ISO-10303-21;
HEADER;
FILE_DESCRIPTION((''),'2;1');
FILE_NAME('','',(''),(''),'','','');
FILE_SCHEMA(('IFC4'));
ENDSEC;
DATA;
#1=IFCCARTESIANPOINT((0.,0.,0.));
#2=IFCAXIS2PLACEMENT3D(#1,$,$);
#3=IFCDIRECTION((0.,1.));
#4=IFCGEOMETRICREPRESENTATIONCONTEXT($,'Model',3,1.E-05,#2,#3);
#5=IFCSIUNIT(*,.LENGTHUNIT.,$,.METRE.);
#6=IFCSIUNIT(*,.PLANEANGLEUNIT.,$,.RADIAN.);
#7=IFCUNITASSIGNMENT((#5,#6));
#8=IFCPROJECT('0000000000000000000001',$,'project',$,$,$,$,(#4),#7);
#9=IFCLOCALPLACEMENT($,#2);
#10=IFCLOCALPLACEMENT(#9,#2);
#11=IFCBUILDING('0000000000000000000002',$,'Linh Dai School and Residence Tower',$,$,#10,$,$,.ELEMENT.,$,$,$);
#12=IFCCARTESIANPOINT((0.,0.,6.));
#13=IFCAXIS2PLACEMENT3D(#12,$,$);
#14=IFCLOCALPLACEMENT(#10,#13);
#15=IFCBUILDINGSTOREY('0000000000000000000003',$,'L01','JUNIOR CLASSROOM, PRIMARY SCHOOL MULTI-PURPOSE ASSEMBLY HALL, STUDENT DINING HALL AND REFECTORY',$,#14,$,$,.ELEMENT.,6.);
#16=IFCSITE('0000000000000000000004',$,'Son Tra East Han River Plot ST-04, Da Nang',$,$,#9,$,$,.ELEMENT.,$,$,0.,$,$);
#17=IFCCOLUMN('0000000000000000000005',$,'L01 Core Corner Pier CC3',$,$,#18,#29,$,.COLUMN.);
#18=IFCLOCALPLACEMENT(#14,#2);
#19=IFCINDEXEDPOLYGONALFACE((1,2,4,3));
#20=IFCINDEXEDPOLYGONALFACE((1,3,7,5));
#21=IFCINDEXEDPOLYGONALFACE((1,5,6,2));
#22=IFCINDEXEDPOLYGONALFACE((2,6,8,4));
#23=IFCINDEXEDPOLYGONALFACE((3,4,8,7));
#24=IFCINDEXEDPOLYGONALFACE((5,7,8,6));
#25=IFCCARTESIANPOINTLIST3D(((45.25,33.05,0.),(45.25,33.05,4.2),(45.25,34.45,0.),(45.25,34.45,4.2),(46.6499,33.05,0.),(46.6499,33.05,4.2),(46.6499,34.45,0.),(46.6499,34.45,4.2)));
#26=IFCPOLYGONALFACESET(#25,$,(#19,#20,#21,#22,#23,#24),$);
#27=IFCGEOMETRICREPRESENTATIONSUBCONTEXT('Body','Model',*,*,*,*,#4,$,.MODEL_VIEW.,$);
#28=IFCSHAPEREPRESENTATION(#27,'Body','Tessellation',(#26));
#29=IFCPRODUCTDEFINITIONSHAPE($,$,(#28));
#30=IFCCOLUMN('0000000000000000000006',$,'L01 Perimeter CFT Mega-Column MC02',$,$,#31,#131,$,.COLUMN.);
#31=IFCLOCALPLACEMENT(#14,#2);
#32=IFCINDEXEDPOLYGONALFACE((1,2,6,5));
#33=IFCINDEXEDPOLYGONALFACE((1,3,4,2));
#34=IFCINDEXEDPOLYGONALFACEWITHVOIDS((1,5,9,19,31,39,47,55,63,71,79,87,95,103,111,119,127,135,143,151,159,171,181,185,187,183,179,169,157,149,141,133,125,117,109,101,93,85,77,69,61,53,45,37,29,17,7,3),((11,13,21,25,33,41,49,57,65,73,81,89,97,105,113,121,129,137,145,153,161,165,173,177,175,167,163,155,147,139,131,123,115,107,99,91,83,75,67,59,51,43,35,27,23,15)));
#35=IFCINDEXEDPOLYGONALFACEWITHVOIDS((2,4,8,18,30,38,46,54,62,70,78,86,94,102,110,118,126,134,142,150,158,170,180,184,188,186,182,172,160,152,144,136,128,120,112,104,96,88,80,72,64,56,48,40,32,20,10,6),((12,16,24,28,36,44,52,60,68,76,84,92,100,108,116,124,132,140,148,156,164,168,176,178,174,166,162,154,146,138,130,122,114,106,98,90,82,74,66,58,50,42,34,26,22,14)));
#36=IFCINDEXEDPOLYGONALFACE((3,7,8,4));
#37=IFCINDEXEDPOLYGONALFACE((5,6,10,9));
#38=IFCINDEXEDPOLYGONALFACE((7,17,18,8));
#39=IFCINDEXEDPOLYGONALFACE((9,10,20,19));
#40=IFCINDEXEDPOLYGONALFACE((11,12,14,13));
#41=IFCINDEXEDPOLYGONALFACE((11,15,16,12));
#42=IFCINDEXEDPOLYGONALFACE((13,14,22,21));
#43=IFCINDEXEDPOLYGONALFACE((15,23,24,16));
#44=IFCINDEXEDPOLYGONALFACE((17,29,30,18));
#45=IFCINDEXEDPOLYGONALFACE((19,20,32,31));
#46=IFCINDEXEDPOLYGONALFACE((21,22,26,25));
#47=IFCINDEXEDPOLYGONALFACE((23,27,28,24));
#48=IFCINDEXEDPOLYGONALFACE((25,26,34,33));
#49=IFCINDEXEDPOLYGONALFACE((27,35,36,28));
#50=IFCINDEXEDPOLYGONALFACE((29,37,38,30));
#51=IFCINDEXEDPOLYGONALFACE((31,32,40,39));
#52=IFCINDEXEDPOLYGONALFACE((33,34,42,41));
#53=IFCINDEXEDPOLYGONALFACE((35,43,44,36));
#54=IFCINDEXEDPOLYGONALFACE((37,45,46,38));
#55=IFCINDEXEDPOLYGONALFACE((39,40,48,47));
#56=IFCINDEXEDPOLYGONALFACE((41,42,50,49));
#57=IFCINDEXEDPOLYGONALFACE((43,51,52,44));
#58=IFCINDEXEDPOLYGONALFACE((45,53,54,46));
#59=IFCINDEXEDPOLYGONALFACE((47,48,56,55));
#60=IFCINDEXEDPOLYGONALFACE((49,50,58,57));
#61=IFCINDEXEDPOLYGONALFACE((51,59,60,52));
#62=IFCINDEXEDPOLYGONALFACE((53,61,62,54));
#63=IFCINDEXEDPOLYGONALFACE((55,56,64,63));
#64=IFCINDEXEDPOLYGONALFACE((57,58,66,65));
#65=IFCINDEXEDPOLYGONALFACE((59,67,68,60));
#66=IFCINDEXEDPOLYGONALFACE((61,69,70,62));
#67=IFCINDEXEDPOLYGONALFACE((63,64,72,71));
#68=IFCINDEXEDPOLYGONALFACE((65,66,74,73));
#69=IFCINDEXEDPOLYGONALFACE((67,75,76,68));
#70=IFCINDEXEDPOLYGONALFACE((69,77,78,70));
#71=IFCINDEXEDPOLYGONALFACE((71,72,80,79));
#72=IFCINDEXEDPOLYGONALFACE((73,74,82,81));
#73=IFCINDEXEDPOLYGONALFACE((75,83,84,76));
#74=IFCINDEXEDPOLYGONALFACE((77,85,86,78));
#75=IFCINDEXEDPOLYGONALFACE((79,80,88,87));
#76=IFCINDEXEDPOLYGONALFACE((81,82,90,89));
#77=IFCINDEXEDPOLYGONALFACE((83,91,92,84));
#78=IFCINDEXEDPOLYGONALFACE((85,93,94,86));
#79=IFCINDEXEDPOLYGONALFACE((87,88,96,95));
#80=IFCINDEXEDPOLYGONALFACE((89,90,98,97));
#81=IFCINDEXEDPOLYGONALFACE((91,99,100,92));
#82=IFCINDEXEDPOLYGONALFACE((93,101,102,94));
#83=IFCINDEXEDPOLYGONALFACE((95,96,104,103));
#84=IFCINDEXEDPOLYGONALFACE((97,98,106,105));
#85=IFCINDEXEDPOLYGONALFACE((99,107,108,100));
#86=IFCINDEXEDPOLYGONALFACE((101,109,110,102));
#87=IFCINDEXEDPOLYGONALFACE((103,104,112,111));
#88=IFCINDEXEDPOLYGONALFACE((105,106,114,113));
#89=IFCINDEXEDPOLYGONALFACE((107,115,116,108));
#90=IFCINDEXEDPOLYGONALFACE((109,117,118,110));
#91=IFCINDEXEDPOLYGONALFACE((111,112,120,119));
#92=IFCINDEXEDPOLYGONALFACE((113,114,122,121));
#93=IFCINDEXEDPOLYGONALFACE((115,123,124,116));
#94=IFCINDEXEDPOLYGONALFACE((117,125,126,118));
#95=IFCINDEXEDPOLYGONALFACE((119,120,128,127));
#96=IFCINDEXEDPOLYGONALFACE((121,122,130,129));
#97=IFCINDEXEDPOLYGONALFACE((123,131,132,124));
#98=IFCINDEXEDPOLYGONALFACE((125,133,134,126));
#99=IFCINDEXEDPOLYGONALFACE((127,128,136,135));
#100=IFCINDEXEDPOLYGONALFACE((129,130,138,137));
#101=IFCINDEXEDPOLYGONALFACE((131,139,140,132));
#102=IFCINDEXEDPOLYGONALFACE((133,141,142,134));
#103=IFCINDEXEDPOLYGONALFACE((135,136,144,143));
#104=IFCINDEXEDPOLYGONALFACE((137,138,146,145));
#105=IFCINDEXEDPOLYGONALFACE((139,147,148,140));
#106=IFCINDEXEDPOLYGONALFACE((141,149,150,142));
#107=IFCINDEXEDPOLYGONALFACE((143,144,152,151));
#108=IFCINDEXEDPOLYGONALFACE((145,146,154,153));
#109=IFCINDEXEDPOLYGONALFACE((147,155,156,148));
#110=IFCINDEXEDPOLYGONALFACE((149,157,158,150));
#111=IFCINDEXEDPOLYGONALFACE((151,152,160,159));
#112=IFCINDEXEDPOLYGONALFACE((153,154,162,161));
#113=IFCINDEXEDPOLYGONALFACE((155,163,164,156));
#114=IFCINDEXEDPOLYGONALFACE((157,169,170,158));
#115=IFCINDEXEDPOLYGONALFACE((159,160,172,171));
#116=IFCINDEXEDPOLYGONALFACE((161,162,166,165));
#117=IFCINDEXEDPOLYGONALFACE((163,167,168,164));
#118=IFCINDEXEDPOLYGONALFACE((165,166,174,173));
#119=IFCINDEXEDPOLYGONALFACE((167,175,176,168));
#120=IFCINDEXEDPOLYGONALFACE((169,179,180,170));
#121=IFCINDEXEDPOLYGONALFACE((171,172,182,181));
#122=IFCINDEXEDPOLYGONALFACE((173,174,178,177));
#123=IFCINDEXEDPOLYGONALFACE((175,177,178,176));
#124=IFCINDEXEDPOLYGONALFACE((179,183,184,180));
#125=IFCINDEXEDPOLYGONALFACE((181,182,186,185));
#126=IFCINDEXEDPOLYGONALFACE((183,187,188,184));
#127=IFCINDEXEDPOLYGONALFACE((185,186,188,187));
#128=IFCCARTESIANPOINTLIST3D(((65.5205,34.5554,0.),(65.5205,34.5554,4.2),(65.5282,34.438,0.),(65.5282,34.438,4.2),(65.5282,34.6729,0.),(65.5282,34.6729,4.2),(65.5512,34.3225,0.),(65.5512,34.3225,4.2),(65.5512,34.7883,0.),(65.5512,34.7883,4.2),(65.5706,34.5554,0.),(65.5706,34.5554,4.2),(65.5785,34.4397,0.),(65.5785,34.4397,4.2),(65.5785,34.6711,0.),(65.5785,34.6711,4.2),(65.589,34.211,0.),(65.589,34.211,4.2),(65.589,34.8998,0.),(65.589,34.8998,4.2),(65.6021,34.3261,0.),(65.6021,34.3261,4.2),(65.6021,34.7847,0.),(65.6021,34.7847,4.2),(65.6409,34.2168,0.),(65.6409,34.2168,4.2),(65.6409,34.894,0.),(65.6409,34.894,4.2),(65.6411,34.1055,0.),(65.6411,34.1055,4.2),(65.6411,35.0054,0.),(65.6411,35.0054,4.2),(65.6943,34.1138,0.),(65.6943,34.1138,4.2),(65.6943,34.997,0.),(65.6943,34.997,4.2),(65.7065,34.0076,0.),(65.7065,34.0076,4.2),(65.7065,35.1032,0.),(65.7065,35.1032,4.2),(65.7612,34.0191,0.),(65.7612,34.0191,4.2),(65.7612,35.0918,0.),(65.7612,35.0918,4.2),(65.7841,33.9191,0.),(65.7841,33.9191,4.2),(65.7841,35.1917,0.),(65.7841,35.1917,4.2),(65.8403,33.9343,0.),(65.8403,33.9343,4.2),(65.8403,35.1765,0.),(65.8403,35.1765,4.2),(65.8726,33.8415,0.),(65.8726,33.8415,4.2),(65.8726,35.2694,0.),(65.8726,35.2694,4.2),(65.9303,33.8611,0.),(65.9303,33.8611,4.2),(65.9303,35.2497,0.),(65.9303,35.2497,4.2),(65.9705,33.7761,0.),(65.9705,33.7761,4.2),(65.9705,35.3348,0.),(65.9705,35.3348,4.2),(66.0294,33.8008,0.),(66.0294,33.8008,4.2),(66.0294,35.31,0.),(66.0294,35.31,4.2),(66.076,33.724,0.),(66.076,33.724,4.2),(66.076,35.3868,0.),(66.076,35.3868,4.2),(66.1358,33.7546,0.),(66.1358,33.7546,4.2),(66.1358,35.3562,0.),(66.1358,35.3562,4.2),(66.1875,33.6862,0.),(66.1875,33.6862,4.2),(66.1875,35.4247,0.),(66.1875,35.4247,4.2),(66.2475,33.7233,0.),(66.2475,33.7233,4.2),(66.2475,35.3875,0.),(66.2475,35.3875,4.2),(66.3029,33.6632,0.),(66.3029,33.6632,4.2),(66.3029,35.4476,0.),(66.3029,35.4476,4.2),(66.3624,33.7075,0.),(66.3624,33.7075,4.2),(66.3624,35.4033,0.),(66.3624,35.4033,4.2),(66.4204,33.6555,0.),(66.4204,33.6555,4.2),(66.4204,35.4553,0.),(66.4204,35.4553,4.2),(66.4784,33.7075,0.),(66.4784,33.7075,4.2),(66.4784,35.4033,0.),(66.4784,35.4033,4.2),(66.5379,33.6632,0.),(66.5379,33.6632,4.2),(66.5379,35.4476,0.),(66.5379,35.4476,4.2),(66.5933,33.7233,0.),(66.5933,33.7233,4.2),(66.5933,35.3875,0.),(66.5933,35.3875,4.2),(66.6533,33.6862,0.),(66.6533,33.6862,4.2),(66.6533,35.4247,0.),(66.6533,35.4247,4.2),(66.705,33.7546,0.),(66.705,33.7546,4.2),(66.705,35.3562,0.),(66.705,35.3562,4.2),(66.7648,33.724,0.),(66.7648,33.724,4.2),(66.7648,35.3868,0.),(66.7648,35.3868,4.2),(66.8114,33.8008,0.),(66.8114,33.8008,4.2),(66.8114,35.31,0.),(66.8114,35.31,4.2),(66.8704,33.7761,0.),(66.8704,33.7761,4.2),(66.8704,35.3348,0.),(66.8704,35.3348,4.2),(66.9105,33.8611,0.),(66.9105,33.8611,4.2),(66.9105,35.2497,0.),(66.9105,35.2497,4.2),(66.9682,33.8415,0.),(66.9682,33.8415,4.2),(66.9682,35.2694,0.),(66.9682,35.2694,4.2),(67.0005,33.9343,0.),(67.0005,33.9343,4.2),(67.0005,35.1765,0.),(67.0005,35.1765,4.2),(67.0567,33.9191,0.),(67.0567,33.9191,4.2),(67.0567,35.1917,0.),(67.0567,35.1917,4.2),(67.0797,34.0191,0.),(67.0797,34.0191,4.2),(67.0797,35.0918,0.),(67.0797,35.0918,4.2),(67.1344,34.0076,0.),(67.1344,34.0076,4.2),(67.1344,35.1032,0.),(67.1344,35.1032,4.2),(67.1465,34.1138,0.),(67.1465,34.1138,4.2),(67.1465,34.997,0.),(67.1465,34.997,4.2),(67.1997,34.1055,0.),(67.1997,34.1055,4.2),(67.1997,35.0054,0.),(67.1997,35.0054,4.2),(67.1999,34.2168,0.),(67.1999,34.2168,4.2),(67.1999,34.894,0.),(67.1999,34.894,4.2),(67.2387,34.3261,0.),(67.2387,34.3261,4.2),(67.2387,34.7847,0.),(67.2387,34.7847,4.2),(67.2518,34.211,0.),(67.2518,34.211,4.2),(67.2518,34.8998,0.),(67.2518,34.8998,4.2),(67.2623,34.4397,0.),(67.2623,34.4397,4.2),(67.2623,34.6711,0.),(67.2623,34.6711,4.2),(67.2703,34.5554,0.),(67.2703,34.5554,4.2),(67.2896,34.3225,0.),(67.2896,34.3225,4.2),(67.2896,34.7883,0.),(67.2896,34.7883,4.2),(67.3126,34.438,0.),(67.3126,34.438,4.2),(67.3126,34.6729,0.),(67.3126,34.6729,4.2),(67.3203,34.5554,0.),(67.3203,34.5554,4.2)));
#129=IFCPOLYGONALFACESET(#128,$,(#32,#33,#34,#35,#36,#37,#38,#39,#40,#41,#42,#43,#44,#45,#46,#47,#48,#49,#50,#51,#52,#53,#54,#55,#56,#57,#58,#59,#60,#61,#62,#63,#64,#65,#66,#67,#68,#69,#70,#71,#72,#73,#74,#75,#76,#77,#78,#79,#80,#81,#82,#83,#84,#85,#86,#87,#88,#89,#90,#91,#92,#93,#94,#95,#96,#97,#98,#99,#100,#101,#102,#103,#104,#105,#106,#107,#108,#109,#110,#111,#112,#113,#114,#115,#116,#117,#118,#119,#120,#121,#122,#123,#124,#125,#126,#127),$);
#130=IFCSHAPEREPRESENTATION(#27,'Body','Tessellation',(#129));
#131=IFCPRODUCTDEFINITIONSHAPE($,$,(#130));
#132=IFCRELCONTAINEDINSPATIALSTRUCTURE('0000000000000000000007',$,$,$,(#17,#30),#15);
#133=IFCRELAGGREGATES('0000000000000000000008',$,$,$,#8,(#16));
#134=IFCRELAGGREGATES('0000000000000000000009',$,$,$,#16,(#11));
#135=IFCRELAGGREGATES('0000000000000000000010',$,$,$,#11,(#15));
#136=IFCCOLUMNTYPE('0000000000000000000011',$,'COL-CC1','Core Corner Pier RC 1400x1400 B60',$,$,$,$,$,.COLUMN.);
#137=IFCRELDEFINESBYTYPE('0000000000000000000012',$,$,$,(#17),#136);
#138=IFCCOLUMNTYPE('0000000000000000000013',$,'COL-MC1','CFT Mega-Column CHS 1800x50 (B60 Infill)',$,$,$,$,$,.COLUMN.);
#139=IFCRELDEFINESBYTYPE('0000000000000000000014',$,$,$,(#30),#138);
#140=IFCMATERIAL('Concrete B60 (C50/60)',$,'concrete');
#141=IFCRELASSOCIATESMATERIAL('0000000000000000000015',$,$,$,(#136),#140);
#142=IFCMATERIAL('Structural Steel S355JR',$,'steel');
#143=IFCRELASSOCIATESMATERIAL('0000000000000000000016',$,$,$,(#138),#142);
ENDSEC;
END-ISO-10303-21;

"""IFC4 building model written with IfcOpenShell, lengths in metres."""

from ifc_helpers import new_model, si_unit, direction, frame, origin, origin_2d, place, context, subcontext, project, spatial, rectangle, hollow_circle, extrude, material, material_profile, profile_set, type_object, element, save


model = new_model("IFC4")

# Units and contexts
model_context = context("Model", 3, precision=1e-05, world=origin(), true_north=direction((0.0, 1.0)))
body_context = subcontext(model_context, "Body", "Model", "MODEL_VIEW")
ifc_project = project(units=[si_unit("LENGTHUNIT", "METRE"), si_unit("PLANEANGLEUNIT", "RADIAN")], contexts=[model_context])

# Site, building, storey
site_placement = place(None, origin())
site = spatial("IfcSite", under=ifc_project, at=site_placement, Name="Son Tra East Han River Plot ST-04, Da Nang", CompositionType="ELEMENT", RefElevation=0.0)
building_placement = place(site_placement, origin())
building = spatial("IfcBuilding", under=site, at=building_placement, Name="Linh Dai School and Residence Tower", CompositionType="ELEMENT")
storey_placement = place(building_placement, frame((0.0, 0.0, 6.0)))
storey = spatial("IfcBuildingStorey", under=building, at=storey_placement, Name="L01", Description="JUNIOR CLASSROOM, PRIMARY SCHOOL MULTI-PURPOSE ASSEMBLY HALL, STUDENT DINING HALL AND REFECTORY", CompositionType="ELEMENT", Elevation=6.0)

# Columns
ifc_material_1 = material(Name="Concrete B60 (C50/60)", Category="concrete")
ifc_material_profile_1 = material_profile(ifc_material_1, rectangle(XDim=1.3999, YDim=1.3999, at=origin_2d()), Name="RC 1400x1400")
ifc_profile_set_1 = profile_set([ifc_material_profile_1], Name="Concrete B60 (C50/60)")
column_type_1 = type_object("IfcColumnType", Name="COL-CC1", Description="Core Corner Pier RC 1400x1400 B60", PredefinedType="COLUMN", material=ifc_profile_set_1)
column_placement = place(storey_placement, frame((45.95, 33.75, 0.0), z_axis=(0.0, 0.0, 1.0), x_axis=(1.0, 0.0, 0.0)))
element("IfcColumn", 1, at=column_placement, inside=storey, type_object=column_type_1, Name="L01 Core Corner Pier CC3", PredefinedType="COLUMN", context=body_context, shape_type="SweptSolid", body=[
    extrude(rectangle(XDim=1.3999, YDim=1.3999, at=origin_2d()), origin(), (0.0, 0.0, 1.0), 4.2),
])
ifc_material_2 = material(Name="Structural Steel S355JR", Category="steel")
ifc_material_profile_2 = material_profile(ifc_material_2, hollow_circle(Radius=0.8999, WallThickness=0.05, at=origin_2d()), Name="CHS 1800x50")
ifc_profile_set_2 = profile_set([ifc_material_profile_2], Name="Structural Steel S355JR")
column_type_2 = type_object("IfcColumnType", Name="COL-MC1", Description="CFT Mega-Column CHS 1800x50 (B60 Infill)", PredefinedType="COLUMN", material=ifc_profile_set_2)
for number, where, z_axis, x_axis, name in (
    (2, (66.4204, 34.5554, 0.0), (0.0, 0.0, 1.0), (1.0, 0.0, 0.0), "L01 Perimeter CFT Mega-Column MC02"),
):
    element("IfcColumn", number, at=place(storey_placement, frame(where, z_axis=z_axis, x_axis=x_axis)), inside=storey, type_object=column_type_2, Name=name, PredefinedType="COLUMN", context=body_context, shape_type="SweptSolid", body=[
        extrude(hollow_circle(Radius=0.8999, WallThickness=0.05, at=origin_2d()), origin(), (0.0, 0.0, 1.0), 4.2),
    ])

save(model, "model.ifc")
